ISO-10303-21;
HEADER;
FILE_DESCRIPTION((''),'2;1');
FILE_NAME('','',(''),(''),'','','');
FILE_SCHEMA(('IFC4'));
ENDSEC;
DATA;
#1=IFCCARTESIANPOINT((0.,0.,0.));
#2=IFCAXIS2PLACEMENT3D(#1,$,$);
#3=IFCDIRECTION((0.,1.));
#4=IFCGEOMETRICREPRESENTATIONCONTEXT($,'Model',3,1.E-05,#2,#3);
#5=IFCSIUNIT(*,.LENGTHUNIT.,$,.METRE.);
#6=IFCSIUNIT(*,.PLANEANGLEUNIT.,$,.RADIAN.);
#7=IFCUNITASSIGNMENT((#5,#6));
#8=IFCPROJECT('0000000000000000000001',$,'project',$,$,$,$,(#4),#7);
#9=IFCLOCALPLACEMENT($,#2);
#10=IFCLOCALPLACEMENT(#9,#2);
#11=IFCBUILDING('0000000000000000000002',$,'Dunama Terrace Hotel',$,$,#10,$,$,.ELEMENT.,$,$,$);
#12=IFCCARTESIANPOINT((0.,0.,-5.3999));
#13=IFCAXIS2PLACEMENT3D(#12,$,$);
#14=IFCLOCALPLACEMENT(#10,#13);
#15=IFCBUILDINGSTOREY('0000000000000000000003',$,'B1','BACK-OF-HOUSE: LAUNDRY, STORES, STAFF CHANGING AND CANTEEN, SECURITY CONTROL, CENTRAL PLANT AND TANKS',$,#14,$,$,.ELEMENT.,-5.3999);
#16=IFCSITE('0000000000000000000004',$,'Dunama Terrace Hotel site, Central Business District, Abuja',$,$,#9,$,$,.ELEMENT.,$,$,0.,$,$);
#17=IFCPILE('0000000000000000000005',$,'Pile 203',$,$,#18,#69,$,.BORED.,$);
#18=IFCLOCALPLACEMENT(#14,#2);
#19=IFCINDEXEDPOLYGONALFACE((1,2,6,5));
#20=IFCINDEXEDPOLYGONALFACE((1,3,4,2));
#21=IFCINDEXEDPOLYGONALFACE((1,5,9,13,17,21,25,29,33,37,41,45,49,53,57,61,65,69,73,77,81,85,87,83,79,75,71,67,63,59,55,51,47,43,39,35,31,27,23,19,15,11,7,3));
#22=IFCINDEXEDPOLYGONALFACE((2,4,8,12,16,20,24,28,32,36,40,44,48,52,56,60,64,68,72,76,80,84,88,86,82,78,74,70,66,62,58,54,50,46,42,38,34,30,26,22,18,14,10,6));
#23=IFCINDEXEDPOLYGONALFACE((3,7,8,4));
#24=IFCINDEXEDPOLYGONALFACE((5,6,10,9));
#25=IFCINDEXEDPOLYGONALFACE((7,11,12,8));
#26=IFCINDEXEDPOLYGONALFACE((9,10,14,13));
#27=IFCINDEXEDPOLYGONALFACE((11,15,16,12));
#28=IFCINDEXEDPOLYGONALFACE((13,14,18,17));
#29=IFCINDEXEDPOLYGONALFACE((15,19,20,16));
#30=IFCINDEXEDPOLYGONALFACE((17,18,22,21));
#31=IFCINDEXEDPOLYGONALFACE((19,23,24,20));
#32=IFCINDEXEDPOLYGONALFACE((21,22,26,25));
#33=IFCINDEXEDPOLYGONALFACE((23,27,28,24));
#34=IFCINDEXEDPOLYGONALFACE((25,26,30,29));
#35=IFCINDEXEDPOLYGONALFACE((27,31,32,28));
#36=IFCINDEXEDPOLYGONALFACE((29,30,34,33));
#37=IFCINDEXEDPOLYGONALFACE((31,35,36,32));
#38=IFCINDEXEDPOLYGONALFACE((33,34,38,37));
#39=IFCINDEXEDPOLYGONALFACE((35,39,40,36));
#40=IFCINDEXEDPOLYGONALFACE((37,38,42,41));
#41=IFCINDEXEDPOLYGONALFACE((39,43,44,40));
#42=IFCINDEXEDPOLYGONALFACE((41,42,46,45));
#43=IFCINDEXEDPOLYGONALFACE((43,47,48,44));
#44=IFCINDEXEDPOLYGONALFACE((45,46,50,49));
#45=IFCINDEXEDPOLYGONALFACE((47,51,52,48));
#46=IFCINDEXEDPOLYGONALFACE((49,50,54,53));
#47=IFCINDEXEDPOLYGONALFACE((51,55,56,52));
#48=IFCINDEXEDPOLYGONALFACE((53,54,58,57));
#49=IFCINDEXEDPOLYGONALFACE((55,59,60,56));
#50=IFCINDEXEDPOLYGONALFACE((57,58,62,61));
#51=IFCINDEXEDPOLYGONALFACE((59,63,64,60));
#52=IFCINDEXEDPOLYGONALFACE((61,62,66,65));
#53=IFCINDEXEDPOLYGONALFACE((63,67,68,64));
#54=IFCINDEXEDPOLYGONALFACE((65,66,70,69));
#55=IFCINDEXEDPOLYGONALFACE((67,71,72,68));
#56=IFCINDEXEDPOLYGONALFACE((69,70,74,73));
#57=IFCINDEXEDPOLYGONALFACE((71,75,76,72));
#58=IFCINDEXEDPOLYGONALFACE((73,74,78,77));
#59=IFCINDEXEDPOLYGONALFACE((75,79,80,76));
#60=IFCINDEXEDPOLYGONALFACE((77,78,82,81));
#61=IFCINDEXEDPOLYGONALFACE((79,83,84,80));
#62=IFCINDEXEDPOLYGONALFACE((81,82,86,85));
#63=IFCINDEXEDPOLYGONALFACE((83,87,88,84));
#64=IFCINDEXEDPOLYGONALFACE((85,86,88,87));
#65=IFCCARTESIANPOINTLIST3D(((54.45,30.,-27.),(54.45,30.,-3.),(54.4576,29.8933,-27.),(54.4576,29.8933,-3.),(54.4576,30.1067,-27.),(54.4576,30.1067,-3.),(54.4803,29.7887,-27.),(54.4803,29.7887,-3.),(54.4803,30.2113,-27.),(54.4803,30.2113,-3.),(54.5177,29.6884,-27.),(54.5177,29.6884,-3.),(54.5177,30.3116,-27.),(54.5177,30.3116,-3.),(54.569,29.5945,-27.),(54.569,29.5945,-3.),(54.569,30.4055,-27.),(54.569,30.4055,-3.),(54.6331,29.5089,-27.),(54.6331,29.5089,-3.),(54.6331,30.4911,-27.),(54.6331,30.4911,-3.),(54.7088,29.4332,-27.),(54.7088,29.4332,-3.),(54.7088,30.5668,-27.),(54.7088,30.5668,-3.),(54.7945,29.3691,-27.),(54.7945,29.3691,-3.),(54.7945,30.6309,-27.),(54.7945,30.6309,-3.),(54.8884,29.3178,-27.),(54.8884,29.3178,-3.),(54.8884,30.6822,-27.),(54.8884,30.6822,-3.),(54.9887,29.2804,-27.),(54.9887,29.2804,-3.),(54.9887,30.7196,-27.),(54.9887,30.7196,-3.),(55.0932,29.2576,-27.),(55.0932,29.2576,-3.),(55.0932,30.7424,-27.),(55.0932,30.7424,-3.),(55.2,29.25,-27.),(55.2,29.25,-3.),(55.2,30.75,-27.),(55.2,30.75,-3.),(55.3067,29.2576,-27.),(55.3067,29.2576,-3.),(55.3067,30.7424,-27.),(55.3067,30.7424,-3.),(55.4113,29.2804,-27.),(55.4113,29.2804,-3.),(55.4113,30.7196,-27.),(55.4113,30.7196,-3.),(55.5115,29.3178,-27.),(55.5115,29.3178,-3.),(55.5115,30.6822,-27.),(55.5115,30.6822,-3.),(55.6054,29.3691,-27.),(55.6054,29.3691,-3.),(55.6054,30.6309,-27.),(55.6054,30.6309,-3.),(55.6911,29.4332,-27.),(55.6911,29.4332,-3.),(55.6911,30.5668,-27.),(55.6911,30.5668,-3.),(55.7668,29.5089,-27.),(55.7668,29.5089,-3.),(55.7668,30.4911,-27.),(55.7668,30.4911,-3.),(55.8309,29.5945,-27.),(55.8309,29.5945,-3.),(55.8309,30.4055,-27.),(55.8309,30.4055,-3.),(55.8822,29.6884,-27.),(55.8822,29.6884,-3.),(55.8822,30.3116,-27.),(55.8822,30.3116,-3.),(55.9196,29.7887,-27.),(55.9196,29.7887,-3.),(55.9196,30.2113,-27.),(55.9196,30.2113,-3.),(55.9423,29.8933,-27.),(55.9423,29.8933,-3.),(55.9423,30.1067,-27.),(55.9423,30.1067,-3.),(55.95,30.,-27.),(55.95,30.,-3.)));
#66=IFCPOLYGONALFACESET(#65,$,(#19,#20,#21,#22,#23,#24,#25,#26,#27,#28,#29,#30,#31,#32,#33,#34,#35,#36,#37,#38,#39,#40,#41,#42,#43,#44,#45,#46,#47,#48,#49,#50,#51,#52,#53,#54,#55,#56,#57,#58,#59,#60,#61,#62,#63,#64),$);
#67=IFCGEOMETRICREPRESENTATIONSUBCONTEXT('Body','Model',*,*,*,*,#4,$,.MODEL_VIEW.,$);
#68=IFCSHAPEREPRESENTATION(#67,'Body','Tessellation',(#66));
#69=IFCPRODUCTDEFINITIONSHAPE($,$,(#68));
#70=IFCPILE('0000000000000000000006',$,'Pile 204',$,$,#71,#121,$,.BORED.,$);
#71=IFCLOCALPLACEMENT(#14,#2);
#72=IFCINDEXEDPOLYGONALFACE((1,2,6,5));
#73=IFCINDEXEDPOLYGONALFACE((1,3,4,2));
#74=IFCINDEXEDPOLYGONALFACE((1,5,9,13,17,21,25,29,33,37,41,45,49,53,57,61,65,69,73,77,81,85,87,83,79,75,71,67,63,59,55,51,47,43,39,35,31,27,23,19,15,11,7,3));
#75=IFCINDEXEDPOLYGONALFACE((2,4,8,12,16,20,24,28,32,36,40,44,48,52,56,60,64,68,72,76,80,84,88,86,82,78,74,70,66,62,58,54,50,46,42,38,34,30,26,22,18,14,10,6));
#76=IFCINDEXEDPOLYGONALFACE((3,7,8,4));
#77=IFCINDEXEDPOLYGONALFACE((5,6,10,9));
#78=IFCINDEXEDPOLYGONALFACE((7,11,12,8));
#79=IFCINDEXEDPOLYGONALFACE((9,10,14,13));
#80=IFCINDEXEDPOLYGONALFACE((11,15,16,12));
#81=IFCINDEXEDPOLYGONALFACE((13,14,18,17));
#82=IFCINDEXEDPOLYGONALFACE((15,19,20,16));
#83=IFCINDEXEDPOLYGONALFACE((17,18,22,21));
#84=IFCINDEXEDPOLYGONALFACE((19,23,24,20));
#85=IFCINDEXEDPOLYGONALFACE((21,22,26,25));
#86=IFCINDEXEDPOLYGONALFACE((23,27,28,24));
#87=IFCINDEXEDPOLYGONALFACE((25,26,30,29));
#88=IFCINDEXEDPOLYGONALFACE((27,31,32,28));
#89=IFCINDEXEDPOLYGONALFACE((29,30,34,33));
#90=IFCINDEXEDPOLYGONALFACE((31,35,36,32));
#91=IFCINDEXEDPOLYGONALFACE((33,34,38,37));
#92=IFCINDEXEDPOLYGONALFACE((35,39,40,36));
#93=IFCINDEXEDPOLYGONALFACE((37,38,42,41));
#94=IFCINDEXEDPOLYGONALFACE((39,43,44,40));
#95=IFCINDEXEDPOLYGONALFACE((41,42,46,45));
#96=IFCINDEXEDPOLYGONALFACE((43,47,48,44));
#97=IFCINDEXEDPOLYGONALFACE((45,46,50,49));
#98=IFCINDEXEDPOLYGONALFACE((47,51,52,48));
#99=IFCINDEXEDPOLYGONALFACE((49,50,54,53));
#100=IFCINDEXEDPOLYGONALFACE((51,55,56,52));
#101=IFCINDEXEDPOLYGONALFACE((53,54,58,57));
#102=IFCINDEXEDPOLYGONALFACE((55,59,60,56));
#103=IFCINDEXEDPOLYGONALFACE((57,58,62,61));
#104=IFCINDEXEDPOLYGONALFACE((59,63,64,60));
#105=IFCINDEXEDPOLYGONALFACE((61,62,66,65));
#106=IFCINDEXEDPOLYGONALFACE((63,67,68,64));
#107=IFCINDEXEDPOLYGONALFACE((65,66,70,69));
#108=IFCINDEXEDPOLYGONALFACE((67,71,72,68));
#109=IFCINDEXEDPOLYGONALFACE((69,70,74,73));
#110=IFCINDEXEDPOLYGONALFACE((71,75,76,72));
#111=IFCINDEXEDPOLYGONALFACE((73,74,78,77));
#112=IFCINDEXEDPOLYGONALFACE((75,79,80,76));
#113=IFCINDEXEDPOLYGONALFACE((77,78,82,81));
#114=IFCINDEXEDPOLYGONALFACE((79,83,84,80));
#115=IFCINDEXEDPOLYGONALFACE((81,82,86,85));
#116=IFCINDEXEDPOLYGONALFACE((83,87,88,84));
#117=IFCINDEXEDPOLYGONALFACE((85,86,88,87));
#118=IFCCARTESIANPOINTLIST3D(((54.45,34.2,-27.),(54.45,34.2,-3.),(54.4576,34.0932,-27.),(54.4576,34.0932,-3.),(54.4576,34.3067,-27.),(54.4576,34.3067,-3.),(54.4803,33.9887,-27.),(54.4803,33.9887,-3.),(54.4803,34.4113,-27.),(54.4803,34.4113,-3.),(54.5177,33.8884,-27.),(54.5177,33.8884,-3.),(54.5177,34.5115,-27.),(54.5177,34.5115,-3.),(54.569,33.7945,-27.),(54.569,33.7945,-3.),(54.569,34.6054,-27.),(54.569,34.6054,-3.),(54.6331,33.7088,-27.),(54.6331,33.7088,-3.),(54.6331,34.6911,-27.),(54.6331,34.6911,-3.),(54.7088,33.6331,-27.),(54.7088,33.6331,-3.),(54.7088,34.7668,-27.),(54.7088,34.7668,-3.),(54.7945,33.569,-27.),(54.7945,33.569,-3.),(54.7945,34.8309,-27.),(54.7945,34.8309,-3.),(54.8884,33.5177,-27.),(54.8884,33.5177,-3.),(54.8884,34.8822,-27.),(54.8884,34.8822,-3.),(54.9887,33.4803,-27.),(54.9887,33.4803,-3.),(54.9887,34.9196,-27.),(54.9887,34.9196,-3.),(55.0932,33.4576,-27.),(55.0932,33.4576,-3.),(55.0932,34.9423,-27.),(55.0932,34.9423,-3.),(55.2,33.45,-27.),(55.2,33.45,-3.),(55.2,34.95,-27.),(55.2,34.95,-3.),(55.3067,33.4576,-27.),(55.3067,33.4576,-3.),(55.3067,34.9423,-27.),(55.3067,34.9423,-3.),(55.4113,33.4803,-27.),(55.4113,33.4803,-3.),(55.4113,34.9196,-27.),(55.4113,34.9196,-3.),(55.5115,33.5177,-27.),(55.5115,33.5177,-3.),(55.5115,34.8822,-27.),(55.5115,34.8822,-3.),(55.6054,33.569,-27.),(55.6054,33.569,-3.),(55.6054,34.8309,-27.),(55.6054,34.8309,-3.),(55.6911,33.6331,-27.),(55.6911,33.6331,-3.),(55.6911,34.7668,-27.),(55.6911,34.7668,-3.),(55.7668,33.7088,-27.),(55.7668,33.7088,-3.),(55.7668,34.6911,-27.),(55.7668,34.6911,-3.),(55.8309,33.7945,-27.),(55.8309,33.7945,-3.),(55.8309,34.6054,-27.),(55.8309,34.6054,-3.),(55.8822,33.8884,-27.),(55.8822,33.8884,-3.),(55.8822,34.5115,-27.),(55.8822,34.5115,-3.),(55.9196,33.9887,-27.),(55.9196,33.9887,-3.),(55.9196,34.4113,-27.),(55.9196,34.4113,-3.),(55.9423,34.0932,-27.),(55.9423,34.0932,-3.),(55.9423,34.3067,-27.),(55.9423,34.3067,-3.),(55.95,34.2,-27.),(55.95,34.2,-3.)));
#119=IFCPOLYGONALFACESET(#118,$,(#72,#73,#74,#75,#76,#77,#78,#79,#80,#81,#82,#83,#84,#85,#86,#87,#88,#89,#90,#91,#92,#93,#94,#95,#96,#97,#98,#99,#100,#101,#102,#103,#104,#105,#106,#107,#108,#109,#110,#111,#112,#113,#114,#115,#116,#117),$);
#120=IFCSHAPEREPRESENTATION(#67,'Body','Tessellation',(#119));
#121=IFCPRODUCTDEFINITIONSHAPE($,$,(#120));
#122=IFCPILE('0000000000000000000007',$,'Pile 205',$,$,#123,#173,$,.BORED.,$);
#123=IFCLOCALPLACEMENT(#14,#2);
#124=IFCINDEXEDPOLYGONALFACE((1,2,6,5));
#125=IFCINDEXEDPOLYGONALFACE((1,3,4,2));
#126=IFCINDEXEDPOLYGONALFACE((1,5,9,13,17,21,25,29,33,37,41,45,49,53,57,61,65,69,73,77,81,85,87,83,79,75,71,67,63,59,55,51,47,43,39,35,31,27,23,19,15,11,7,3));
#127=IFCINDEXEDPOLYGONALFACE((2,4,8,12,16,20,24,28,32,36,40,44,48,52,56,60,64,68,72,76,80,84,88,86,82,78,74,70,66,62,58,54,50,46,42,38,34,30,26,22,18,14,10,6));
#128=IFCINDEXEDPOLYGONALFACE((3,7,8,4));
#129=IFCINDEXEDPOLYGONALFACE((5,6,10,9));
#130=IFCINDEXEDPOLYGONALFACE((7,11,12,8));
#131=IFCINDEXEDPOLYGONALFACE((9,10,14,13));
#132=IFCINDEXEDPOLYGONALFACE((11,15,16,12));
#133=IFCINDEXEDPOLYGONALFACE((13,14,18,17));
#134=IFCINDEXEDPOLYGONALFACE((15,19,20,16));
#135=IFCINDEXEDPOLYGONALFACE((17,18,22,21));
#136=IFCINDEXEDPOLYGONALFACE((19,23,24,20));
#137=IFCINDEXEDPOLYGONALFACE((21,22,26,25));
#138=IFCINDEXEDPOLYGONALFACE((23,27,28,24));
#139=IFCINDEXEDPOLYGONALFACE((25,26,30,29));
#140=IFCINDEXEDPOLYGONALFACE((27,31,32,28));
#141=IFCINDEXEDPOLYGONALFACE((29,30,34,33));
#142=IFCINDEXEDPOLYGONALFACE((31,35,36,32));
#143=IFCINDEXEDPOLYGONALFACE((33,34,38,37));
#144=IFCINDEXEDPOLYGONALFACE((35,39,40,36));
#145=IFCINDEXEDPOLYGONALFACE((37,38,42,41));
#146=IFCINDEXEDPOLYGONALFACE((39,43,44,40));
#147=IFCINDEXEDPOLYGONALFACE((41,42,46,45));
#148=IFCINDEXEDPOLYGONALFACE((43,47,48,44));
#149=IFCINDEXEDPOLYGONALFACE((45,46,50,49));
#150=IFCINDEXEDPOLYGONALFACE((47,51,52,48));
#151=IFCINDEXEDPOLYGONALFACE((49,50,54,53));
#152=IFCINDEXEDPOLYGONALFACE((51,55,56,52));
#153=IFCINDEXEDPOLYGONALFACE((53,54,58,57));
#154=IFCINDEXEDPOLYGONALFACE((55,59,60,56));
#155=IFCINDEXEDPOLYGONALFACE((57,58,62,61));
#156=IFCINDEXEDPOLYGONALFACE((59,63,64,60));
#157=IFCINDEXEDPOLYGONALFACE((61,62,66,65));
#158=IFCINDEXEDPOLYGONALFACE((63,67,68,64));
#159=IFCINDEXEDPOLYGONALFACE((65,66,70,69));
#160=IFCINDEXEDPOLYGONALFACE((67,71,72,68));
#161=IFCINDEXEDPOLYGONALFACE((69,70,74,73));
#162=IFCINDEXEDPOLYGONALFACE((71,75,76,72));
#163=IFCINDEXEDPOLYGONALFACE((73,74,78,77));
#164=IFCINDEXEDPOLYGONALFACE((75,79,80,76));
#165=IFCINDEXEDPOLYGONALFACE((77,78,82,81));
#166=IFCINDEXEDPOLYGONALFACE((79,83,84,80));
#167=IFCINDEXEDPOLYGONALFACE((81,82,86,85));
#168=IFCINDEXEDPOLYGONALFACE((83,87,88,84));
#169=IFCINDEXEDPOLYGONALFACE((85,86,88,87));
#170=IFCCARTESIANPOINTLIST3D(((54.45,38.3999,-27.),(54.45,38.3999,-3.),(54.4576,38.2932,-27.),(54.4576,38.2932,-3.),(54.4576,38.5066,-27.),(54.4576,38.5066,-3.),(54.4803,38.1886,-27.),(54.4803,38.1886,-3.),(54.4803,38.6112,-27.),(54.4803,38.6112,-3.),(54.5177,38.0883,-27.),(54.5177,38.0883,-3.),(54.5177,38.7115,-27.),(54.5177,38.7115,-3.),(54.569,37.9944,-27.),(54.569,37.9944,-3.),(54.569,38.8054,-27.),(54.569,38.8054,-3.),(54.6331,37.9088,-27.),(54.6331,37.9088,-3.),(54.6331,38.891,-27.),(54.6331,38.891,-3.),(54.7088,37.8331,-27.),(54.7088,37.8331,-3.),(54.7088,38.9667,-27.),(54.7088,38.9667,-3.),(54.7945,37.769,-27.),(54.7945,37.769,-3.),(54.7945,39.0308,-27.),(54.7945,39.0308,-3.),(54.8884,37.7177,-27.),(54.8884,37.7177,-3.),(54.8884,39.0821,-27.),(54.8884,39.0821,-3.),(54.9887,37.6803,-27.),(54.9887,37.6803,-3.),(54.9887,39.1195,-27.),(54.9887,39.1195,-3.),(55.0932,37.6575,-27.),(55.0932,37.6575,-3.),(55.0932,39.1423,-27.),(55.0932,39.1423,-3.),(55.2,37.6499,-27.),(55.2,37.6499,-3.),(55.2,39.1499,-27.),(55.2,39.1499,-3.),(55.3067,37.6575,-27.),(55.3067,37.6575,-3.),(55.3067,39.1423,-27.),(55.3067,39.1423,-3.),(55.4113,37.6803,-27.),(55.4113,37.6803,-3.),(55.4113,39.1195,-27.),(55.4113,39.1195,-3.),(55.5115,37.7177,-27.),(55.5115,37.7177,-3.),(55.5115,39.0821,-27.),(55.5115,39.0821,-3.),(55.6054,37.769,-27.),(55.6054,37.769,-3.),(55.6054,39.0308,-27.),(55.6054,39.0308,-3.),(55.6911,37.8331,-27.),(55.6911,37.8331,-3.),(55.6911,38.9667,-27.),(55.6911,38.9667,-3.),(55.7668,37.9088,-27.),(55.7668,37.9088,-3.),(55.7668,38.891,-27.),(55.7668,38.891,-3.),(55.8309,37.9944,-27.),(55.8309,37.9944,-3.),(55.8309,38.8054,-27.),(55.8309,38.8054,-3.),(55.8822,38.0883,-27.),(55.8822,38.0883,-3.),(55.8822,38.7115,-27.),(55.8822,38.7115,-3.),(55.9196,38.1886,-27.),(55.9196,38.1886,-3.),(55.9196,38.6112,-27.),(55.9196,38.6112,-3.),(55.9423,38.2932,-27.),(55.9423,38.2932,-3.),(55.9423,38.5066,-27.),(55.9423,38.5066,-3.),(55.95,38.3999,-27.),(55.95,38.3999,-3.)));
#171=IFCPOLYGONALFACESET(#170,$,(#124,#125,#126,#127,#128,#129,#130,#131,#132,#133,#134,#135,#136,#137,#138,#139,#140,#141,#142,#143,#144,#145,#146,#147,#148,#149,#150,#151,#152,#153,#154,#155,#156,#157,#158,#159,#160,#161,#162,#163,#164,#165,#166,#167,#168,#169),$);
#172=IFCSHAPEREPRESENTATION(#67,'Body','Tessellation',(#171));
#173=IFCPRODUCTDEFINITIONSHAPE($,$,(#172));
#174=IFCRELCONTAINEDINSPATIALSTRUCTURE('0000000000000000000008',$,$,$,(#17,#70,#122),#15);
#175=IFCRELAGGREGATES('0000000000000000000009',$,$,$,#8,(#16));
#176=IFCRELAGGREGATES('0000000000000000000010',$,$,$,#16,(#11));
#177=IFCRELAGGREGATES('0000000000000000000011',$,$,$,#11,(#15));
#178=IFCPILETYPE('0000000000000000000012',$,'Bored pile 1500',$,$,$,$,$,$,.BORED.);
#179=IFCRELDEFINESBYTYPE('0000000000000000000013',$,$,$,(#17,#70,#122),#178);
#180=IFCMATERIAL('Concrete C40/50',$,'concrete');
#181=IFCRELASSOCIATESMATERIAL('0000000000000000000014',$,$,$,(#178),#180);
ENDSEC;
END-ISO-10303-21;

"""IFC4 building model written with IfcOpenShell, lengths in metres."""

from ifc_helpers import new_model, si_unit, direction, frame, origin, origin_2d, place, context, subcontext, project, spatial, circle, extrude, material, material_profile, profile_set, type_object, element, save


model = new_model("IFC4")

# Units and contexts
model_context = context("Model", 3, precision=1e-05, world=origin(), true_north=direction((0.0, 1.0)))
body_context = subcontext(model_context, "Body", "Model", "MODEL_VIEW")
ifc_project = project(units=[si_unit("LENGTHUNIT", "METRE"), si_unit("PLANEANGLEUNIT", "RADIAN")], contexts=[model_context])

# Site, building, storey
site_placement = place(None, origin())
site = spatial("IfcSite", under=ifc_project, at=site_placement, Name="Dunama Terrace Hotel site, Central Business District, Abuja", CompositionType="ELEMENT", RefElevation=0.0)
building_placement = place(site_placement, origin())
building = spatial("IfcBuilding", under=site, at=building_placement, Name="Dunama Terrace Hotel", CompositionType="ELEMENT")
storey_placement = place(building_placement, frame((0.0, 0.0, -5.3999)))
storey = spatial("IfcBuildingStorey", under=building, at=storey_placement, Name="B1", Description="BACK-OF-HOUSE: LAUNDRY, STORES, STAFF CHANGING AND CANTEEN, SECURITY CONTROL, CENTRAL PLANT AND TANKS", CompositionType="ELEMENT", Elevation=-5.3999)

# Piles
ifc_material_1 = material(Name="Concrete C40/50", Category="concrete")
ifc_material_profile_1 = material_profile(ifc_material_1, circle(Radius=0.75, at=origin_2d()), Name="PILE D1500")
ifc_profile_set_1 = profile_set([ifc_material_profile_1], Name="Concrete C40/50")
pile_type = type_object("IfcPileType", Name="Bored pile 1500", PredefinedType="BORED", material=ifc_profile_set_1)
for number, where, z_axis, x_axis, name in (
    (1, (55.2, 30.0, -3.0), (0.0, 0.0, -1.0), (1.0, 0.0, 0.0), "Pile 203"),
    (2, (55.2, 34.2, -3.0), (0.0, 0.0, -1.0), (1.0, 0.0, 0.0), "Pile 204"),
    (3, (55.2, 38.3999, -3.0), (0.0, 0.0, -1.0), (1.0, 0.0, 0.0), "Pile 205"),
):
    element("IfcPile", number, at=place(storey_placement, frame(where, z_axis=z_axis, x_axis=x_axis)), inside=storey, type_object=pile_type, Name=name, PredefinedType="BORED", context=body_context, shape_type="SweptSolid", body=[
        extrude(circle(Radius=0.75, at=origin_2d()), origin(), (0.0, 0.0, 1.0), 24.0),
    ])

save(model, "model.ifc")
